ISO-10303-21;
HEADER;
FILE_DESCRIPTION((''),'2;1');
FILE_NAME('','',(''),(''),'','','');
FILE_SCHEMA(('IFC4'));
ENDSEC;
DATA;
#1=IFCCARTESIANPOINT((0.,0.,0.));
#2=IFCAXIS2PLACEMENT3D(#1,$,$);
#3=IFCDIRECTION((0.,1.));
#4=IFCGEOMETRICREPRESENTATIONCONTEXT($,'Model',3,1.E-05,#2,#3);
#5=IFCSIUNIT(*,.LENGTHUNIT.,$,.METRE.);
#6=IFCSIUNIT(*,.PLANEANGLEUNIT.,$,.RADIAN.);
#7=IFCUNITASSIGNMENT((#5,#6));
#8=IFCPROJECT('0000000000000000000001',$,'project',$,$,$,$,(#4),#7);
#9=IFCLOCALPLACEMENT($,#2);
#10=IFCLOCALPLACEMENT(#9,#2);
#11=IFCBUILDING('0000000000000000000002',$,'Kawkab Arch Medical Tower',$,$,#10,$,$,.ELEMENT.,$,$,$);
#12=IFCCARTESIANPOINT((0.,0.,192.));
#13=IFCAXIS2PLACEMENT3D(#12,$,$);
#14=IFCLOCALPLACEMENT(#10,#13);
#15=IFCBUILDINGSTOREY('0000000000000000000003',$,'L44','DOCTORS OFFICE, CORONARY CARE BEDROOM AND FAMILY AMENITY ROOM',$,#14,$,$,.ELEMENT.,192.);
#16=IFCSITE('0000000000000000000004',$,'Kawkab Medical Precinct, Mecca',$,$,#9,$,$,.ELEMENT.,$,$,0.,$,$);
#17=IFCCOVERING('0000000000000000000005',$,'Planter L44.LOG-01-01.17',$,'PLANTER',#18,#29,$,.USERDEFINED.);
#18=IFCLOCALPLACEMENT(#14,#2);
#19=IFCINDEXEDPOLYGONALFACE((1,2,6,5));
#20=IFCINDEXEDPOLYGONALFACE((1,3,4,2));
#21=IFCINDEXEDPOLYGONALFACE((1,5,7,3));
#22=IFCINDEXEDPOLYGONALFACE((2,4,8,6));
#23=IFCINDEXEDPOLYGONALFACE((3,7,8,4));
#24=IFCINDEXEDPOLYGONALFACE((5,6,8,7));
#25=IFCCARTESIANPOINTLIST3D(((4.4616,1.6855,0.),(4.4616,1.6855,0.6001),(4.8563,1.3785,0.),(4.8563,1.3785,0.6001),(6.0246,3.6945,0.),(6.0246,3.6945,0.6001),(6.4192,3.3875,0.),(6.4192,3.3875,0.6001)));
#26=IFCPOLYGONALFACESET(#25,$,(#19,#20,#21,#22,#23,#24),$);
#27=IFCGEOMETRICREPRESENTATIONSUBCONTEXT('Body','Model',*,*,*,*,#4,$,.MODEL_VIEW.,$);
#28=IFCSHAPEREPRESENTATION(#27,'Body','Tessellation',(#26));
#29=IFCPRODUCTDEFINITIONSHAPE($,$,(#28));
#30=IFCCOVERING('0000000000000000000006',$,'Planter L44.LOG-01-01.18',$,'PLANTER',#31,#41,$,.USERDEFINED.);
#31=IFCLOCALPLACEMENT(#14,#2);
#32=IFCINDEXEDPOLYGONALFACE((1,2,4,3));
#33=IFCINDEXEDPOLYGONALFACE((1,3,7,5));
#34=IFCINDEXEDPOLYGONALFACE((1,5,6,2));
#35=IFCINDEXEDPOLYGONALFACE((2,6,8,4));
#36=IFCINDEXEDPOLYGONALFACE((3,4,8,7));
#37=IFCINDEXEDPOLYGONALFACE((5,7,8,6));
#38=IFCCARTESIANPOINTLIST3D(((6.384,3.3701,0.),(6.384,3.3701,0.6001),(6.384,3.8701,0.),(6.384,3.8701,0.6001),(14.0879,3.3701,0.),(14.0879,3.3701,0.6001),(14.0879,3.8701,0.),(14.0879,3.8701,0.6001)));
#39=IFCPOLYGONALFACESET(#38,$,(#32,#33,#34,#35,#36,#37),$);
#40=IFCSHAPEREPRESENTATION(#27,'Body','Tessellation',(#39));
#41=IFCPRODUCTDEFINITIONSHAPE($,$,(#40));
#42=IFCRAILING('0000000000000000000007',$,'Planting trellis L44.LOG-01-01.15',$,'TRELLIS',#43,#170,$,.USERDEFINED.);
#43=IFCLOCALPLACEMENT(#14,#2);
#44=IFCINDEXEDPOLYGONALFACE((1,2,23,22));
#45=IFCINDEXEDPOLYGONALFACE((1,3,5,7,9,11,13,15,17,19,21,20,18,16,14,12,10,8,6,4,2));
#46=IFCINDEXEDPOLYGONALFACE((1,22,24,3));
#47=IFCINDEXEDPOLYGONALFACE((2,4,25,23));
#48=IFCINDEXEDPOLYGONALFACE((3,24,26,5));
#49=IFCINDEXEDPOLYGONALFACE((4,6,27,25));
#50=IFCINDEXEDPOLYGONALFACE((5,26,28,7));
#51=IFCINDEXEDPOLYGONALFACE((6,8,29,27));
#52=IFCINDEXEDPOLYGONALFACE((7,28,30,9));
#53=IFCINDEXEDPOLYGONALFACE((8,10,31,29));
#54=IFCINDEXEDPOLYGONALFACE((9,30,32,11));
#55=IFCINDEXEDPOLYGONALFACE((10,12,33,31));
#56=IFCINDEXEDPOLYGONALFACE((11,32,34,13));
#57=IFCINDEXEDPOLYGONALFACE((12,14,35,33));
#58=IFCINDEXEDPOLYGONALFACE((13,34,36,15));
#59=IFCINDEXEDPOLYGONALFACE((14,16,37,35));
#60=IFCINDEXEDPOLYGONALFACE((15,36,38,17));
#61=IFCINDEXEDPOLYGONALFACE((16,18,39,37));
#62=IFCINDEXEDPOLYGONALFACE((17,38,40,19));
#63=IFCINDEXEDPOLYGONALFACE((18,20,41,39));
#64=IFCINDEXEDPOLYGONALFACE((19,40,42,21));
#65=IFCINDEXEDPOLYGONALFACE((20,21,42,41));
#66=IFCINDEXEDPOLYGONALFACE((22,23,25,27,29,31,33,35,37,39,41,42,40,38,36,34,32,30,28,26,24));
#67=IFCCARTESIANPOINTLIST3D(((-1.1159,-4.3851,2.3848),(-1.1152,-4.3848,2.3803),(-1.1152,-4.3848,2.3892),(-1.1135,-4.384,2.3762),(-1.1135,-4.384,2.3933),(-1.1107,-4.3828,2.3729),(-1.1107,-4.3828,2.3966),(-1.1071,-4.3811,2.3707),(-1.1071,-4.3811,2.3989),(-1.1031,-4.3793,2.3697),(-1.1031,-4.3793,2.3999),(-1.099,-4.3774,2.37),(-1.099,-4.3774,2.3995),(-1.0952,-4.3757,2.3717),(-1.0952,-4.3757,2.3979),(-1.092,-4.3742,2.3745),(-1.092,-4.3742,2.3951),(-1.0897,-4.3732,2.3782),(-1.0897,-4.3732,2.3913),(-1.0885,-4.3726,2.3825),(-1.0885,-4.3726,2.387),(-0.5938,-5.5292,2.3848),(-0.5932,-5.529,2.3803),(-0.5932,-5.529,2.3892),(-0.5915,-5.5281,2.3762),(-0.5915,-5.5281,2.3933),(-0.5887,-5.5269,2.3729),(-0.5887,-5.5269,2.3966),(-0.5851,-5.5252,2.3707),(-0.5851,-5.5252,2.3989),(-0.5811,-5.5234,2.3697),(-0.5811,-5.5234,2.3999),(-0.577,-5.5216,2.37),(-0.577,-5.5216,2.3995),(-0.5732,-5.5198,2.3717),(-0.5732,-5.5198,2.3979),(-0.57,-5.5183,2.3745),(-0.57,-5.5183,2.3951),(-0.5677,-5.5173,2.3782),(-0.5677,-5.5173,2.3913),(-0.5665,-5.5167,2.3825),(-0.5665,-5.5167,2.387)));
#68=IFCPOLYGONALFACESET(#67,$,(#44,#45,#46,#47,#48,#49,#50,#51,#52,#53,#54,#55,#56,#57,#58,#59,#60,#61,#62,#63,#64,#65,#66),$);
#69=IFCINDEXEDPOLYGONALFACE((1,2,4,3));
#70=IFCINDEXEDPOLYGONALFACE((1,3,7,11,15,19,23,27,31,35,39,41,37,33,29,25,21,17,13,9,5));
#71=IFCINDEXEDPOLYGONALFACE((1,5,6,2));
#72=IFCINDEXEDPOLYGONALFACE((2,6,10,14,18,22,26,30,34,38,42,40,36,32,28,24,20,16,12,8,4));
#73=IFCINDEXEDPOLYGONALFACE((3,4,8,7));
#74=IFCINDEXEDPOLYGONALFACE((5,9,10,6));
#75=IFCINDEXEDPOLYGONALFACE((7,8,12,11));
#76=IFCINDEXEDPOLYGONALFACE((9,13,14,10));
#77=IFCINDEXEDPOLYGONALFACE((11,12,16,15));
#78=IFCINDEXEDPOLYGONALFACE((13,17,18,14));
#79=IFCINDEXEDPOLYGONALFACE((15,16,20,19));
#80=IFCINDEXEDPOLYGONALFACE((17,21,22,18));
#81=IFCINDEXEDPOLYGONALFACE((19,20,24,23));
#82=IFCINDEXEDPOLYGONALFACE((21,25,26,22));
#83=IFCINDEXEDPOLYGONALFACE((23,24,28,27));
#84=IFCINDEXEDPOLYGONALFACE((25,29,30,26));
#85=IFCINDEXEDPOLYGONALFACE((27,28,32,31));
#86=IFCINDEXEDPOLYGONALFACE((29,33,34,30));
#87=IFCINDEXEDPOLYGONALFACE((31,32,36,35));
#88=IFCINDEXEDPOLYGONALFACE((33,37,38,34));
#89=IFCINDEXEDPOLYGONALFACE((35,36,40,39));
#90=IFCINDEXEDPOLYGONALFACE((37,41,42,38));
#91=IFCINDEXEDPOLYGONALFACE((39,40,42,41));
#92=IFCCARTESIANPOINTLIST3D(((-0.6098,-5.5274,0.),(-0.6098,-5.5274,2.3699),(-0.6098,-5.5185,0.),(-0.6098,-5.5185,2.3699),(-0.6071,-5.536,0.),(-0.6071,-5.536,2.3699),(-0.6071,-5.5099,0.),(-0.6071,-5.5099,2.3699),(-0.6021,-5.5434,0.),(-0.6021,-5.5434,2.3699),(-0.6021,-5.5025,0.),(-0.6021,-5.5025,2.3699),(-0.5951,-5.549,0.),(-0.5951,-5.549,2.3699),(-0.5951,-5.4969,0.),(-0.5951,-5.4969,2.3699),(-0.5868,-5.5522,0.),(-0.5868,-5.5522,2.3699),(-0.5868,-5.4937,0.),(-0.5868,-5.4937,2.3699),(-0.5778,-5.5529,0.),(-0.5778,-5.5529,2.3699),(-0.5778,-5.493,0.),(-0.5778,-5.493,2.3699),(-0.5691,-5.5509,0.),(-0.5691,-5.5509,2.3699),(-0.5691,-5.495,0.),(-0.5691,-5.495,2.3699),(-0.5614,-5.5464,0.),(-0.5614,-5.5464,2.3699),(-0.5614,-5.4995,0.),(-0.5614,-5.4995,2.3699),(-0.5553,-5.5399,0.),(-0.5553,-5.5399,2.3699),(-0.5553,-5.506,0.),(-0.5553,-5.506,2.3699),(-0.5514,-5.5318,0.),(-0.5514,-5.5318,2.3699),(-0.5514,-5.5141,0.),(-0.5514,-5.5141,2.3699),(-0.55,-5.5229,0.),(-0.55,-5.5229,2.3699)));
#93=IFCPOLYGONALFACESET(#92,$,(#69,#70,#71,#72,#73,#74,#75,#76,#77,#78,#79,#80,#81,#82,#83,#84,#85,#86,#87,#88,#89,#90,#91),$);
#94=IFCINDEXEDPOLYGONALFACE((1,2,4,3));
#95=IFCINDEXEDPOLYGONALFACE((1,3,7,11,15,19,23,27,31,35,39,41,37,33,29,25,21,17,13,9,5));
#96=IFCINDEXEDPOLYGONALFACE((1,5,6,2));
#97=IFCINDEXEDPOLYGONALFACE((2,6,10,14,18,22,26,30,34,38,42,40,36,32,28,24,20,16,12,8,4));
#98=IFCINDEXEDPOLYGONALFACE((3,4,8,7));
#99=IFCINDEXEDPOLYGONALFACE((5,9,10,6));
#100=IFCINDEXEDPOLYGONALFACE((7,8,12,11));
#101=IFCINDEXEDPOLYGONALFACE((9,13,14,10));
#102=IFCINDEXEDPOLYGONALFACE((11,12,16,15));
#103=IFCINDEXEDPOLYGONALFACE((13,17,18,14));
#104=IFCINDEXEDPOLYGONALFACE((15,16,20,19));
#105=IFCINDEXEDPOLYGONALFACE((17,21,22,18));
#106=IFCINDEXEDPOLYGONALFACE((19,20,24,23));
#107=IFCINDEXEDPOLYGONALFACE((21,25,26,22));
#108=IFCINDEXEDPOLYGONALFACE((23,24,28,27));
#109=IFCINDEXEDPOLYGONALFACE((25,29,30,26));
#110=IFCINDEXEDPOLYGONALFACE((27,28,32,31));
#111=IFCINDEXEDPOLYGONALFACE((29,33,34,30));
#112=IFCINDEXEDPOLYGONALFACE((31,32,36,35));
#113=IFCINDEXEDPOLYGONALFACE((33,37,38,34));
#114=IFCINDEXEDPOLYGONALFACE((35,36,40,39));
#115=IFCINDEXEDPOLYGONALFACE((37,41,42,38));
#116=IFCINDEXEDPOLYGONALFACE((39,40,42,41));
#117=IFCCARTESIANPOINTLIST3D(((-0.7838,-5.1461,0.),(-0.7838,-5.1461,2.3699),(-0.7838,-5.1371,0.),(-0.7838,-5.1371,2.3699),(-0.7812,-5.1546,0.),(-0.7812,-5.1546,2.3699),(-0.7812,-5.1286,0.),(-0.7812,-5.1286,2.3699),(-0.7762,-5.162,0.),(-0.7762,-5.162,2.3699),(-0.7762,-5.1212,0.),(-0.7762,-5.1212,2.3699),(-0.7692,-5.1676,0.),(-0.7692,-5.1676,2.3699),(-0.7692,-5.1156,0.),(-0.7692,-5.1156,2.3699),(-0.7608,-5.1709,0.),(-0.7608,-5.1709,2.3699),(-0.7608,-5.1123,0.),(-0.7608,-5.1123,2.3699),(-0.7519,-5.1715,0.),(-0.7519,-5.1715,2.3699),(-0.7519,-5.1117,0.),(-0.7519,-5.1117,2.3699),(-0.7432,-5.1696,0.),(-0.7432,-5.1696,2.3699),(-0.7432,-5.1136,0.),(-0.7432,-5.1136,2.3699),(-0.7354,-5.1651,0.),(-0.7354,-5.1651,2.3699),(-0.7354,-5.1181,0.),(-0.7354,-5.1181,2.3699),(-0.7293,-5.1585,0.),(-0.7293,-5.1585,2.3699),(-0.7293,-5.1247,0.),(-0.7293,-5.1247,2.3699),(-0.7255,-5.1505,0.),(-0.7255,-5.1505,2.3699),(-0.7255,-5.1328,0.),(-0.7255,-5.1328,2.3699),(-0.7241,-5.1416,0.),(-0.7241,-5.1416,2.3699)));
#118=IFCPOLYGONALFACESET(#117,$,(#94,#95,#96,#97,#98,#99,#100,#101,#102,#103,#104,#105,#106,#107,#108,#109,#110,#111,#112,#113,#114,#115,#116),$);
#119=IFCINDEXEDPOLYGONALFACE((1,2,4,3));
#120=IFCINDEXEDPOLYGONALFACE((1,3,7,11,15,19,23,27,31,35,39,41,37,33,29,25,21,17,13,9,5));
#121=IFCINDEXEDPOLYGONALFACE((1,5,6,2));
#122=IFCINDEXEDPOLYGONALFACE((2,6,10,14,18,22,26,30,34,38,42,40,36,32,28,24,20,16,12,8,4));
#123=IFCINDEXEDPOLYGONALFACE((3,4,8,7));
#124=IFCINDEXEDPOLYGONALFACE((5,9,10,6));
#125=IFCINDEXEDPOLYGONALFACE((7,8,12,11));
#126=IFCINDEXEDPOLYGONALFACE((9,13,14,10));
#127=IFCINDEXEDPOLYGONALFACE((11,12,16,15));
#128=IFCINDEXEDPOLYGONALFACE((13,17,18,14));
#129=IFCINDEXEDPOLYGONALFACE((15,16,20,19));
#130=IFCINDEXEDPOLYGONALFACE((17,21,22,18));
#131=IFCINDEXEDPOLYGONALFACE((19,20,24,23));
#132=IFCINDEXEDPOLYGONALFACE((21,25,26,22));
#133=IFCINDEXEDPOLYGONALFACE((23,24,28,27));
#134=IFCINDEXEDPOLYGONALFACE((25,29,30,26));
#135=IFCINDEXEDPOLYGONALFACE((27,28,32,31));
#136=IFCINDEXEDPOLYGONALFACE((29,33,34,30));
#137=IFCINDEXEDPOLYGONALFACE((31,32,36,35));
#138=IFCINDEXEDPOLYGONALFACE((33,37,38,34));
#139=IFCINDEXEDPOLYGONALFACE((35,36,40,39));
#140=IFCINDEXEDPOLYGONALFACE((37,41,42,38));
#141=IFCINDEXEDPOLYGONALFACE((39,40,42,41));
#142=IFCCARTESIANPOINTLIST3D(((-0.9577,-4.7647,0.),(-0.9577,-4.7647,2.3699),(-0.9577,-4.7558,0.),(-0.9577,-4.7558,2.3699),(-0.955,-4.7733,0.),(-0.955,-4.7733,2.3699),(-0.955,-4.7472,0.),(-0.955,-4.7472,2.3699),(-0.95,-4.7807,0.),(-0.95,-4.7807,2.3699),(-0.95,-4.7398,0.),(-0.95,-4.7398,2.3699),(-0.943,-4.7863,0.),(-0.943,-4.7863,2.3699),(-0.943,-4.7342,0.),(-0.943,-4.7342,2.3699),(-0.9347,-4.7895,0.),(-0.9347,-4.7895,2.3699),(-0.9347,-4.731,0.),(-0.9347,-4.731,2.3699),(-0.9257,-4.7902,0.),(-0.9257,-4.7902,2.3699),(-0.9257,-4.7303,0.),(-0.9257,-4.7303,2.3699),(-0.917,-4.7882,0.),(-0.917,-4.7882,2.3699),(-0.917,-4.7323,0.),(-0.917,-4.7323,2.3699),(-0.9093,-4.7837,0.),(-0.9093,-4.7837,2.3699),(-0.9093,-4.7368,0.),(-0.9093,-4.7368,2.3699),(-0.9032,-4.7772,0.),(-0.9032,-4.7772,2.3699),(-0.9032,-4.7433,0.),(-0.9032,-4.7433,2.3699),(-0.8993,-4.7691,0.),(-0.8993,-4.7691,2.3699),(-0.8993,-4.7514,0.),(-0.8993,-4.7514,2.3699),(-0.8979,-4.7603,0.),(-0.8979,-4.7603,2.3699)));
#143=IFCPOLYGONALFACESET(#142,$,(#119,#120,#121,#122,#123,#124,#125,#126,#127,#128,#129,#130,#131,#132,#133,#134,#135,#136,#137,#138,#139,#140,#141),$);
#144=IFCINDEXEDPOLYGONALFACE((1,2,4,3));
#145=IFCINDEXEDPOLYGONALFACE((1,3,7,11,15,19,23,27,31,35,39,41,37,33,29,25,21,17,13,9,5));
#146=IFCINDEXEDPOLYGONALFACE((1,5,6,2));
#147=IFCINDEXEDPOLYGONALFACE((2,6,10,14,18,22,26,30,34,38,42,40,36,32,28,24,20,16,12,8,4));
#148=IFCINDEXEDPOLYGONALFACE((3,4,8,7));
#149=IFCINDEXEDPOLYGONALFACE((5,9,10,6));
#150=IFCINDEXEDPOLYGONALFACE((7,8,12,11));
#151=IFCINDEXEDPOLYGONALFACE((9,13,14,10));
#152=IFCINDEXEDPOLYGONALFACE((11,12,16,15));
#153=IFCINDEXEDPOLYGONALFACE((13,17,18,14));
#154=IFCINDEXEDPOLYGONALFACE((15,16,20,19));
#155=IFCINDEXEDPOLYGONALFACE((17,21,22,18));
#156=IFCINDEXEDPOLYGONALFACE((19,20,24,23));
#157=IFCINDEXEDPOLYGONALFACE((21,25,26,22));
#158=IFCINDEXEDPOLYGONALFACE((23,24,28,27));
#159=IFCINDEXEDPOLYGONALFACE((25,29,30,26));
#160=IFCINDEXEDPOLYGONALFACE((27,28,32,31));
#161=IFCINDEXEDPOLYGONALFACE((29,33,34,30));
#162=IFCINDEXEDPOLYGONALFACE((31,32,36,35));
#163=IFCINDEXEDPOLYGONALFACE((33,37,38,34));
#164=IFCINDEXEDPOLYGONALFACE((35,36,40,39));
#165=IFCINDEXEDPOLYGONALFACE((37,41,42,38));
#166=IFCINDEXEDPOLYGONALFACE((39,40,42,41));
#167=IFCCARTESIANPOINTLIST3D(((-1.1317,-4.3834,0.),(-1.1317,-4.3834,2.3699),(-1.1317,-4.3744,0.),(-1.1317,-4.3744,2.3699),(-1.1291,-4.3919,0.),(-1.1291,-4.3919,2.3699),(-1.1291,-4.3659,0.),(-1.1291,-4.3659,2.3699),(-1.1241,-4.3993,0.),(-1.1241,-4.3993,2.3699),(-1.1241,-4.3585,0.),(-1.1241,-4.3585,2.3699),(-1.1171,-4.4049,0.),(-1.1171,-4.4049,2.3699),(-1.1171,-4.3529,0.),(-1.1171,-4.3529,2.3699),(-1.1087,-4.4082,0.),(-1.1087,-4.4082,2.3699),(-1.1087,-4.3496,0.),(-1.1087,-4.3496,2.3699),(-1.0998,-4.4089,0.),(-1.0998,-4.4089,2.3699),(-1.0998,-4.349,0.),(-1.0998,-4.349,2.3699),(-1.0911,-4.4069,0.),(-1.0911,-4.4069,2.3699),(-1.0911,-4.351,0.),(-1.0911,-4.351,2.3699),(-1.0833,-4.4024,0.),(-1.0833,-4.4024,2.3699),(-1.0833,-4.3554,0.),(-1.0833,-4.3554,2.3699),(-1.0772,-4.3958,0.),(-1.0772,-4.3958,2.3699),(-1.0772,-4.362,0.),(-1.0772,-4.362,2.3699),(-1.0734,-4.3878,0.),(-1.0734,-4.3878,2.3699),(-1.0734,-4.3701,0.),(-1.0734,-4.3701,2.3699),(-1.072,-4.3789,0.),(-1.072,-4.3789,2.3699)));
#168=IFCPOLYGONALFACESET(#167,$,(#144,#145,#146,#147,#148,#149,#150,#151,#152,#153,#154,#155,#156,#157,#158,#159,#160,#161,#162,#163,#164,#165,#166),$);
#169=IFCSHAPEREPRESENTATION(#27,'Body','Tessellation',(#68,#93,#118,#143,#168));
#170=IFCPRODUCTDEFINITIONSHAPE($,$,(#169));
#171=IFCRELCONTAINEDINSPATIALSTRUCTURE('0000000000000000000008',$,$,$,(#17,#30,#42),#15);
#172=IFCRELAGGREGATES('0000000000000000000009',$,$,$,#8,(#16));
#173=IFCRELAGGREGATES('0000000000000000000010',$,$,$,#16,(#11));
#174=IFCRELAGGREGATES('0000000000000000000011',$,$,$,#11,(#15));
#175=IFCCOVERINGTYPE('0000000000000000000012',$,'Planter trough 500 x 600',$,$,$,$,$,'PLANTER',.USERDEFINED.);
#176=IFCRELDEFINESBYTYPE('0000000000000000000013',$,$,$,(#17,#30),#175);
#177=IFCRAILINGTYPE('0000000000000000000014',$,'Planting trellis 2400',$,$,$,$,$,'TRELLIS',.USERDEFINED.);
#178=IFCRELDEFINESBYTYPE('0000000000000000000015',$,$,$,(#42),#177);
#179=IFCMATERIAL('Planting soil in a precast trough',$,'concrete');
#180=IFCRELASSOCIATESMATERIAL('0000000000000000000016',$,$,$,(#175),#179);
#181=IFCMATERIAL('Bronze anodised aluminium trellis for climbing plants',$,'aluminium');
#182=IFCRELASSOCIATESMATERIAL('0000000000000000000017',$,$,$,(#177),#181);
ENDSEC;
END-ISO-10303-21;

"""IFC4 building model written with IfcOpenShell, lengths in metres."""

from ifc_helpers import new_model, si_unit, direction, frame, origin, origin_2d, place, context, subcontext, project, spatial, rectangle, circle, extrude, material, material_profile, profile_set, type_object, element, save


model = new_model("IFC4")

# Units and contexts
model_context = context("Model", 3, precision=1e-05, world=origin(), true_north=direction((0.0, 1.0)))
body_context = subcontext(model_context, "Body", "Model", "MODEL_VIEW")
ifc_project = project(units=[si_unit("LENGTHUNIT", "METRE"), si_unit("PLANEANGLEUNIT", "RADIAN")], contexts=[model_context])

# Site, building, storey
site_placement = place(None, origin())
site = spatial("IfcSite", under=ifc_project, at=site_placement, Name="Kawkab Medical Precinct, Mecca", CompositionType="ELEMENT", RefElevation=0.0)
building_placement = place(site_placement, origin())
building = spatial("IfcBuilding", under=site, at=building_placement, Name="Kawkab Arch Medical Tower", CompositionType="ELEMENT")
storey_placement = place(building_placement, frame((0.0, 0.0, 192.0)))
storey = spatial("IfcBuildingStorey", under=building, at=storey_placement, Name="L44", Description="DOCTORS OFFICE, CORONARY CARE BEDROOM AND FAMILY AMENITY ROOM", CompositionType="ELEMENT", Elevation=192.0)

# Coverings
ifc_material_1 = material(Name="Planting soil in a precast trough", Category="concrete")
ifc_material_profile_1 = material_profile(ifc_material_1, rectangle(XDim=0.5, YDim=0.6001, at=origin_2d()), Name="Trough 500x600")
ifc_profile_set_1 = profile_set([ifc_material_profile_1], Name="Planting soil in a precast trough")
covering_type = type_object("IfcCoveringType", Name="Planter trough 500 x 600", ElementType="PLANTER", PredefinedType="USERDEFINED", material=ifc_profile_set_1)
covering_1_placement = place(storey_placement, frame((4.6589, 1.532, 0.3), z_axis=(0.61404, 0.789275, 0.0), x_axis=(-0.789275, 0.61404, 0.0)))
element("IfcCovering", 1, at=covering_1_placement, inside=storey, type_object=covering_type, Name="Planter L44.LOG-01-01.17", ObjectType="PLANTER", PredefinedType="USERDEFINED", context=body_context, shape_type="SweptSolid", body=[
    extrude(rectangle(XDim=0.5, YDim=0.6001, at=origin_2d()), origin(), (0.0, 0.0, 1.0), 2.5454),
])
covering_2_placement = place(storey_placement, frame((6.384, 3.6201, 0.3), z_axis=(1.0, 0.0, 0.0), x_axis=(0.0, 1.0, 0.0)))
element("IfcCovering", 2, at=covering_2_placement, inside=storey, type_object=covering_type, Name="Planter L44.LOG-01-01.18", ObjectType="PLANTER", PredefinedType="USERDEFINED", context=body_context, shape_type="SweptSolid", body=[
    extrude(rectangle(XDim=0.5, YDim=0.6001, at=origin_2d()), origin(), (0.0, 0.0, 1.0), 7.7039),
])

# Railing
ifc_material_2 = material(Name="Bronze anodised aluminium trellis for climbing plants", Category="aluminium")
railing_type = type_object("IfcRailingType", Name="Planting trellis 2400", ElementType="TRELLIS", PredefinedType="USERDEFINED", material=ifc_material_2)
railing_1_placement = place(storey_placement, frame((-0.5801, -5.5229, 0.0)))
element("IfcRailing", 3, at=railing_1_placement, inside=storey, type_object=railing_type, Name="Planting trellis L44.LOG-01-01.15", ObjectType="TRELLIS", PredefinedType="USERDEFINED", context=body_context, shape_type="SweptSolid", body=[
    extrude(circle(Radius=0.0151, at=origin_2d()), frame((0.0, 0.0, 2.3848), z_axis=(-0.41509, 0.90978, 0.0), x_axis=(-0.90978, -0.41509, 0.0)), (0.0, 0.0, 1.0), 1.2576),
    extrude(circle(Radius=0.03, at=origin_2d()), origin(), (0.0, 0.0, 1.0), 2.3699),
    extrude(circle(Radius=0.03, at=origin_2d()), frame((-0.1741, 0.3813, 0.0)), (0.0, 0.0, 1.0), 2.3699),
    extrude(circle(Radius=0.03, at=origin_2d()), frame((-0.3479, 0.7627, 0.0)), (0.0, 0.0, 1.0), 2.3699),
    extrude(circle(Radius=0.03, at=origin_2d()), frame((-0.522, 1.144, 0.0)), (0.0, 0.0, 1.0), 2.3699),
])

save(model, "model.ifc")
